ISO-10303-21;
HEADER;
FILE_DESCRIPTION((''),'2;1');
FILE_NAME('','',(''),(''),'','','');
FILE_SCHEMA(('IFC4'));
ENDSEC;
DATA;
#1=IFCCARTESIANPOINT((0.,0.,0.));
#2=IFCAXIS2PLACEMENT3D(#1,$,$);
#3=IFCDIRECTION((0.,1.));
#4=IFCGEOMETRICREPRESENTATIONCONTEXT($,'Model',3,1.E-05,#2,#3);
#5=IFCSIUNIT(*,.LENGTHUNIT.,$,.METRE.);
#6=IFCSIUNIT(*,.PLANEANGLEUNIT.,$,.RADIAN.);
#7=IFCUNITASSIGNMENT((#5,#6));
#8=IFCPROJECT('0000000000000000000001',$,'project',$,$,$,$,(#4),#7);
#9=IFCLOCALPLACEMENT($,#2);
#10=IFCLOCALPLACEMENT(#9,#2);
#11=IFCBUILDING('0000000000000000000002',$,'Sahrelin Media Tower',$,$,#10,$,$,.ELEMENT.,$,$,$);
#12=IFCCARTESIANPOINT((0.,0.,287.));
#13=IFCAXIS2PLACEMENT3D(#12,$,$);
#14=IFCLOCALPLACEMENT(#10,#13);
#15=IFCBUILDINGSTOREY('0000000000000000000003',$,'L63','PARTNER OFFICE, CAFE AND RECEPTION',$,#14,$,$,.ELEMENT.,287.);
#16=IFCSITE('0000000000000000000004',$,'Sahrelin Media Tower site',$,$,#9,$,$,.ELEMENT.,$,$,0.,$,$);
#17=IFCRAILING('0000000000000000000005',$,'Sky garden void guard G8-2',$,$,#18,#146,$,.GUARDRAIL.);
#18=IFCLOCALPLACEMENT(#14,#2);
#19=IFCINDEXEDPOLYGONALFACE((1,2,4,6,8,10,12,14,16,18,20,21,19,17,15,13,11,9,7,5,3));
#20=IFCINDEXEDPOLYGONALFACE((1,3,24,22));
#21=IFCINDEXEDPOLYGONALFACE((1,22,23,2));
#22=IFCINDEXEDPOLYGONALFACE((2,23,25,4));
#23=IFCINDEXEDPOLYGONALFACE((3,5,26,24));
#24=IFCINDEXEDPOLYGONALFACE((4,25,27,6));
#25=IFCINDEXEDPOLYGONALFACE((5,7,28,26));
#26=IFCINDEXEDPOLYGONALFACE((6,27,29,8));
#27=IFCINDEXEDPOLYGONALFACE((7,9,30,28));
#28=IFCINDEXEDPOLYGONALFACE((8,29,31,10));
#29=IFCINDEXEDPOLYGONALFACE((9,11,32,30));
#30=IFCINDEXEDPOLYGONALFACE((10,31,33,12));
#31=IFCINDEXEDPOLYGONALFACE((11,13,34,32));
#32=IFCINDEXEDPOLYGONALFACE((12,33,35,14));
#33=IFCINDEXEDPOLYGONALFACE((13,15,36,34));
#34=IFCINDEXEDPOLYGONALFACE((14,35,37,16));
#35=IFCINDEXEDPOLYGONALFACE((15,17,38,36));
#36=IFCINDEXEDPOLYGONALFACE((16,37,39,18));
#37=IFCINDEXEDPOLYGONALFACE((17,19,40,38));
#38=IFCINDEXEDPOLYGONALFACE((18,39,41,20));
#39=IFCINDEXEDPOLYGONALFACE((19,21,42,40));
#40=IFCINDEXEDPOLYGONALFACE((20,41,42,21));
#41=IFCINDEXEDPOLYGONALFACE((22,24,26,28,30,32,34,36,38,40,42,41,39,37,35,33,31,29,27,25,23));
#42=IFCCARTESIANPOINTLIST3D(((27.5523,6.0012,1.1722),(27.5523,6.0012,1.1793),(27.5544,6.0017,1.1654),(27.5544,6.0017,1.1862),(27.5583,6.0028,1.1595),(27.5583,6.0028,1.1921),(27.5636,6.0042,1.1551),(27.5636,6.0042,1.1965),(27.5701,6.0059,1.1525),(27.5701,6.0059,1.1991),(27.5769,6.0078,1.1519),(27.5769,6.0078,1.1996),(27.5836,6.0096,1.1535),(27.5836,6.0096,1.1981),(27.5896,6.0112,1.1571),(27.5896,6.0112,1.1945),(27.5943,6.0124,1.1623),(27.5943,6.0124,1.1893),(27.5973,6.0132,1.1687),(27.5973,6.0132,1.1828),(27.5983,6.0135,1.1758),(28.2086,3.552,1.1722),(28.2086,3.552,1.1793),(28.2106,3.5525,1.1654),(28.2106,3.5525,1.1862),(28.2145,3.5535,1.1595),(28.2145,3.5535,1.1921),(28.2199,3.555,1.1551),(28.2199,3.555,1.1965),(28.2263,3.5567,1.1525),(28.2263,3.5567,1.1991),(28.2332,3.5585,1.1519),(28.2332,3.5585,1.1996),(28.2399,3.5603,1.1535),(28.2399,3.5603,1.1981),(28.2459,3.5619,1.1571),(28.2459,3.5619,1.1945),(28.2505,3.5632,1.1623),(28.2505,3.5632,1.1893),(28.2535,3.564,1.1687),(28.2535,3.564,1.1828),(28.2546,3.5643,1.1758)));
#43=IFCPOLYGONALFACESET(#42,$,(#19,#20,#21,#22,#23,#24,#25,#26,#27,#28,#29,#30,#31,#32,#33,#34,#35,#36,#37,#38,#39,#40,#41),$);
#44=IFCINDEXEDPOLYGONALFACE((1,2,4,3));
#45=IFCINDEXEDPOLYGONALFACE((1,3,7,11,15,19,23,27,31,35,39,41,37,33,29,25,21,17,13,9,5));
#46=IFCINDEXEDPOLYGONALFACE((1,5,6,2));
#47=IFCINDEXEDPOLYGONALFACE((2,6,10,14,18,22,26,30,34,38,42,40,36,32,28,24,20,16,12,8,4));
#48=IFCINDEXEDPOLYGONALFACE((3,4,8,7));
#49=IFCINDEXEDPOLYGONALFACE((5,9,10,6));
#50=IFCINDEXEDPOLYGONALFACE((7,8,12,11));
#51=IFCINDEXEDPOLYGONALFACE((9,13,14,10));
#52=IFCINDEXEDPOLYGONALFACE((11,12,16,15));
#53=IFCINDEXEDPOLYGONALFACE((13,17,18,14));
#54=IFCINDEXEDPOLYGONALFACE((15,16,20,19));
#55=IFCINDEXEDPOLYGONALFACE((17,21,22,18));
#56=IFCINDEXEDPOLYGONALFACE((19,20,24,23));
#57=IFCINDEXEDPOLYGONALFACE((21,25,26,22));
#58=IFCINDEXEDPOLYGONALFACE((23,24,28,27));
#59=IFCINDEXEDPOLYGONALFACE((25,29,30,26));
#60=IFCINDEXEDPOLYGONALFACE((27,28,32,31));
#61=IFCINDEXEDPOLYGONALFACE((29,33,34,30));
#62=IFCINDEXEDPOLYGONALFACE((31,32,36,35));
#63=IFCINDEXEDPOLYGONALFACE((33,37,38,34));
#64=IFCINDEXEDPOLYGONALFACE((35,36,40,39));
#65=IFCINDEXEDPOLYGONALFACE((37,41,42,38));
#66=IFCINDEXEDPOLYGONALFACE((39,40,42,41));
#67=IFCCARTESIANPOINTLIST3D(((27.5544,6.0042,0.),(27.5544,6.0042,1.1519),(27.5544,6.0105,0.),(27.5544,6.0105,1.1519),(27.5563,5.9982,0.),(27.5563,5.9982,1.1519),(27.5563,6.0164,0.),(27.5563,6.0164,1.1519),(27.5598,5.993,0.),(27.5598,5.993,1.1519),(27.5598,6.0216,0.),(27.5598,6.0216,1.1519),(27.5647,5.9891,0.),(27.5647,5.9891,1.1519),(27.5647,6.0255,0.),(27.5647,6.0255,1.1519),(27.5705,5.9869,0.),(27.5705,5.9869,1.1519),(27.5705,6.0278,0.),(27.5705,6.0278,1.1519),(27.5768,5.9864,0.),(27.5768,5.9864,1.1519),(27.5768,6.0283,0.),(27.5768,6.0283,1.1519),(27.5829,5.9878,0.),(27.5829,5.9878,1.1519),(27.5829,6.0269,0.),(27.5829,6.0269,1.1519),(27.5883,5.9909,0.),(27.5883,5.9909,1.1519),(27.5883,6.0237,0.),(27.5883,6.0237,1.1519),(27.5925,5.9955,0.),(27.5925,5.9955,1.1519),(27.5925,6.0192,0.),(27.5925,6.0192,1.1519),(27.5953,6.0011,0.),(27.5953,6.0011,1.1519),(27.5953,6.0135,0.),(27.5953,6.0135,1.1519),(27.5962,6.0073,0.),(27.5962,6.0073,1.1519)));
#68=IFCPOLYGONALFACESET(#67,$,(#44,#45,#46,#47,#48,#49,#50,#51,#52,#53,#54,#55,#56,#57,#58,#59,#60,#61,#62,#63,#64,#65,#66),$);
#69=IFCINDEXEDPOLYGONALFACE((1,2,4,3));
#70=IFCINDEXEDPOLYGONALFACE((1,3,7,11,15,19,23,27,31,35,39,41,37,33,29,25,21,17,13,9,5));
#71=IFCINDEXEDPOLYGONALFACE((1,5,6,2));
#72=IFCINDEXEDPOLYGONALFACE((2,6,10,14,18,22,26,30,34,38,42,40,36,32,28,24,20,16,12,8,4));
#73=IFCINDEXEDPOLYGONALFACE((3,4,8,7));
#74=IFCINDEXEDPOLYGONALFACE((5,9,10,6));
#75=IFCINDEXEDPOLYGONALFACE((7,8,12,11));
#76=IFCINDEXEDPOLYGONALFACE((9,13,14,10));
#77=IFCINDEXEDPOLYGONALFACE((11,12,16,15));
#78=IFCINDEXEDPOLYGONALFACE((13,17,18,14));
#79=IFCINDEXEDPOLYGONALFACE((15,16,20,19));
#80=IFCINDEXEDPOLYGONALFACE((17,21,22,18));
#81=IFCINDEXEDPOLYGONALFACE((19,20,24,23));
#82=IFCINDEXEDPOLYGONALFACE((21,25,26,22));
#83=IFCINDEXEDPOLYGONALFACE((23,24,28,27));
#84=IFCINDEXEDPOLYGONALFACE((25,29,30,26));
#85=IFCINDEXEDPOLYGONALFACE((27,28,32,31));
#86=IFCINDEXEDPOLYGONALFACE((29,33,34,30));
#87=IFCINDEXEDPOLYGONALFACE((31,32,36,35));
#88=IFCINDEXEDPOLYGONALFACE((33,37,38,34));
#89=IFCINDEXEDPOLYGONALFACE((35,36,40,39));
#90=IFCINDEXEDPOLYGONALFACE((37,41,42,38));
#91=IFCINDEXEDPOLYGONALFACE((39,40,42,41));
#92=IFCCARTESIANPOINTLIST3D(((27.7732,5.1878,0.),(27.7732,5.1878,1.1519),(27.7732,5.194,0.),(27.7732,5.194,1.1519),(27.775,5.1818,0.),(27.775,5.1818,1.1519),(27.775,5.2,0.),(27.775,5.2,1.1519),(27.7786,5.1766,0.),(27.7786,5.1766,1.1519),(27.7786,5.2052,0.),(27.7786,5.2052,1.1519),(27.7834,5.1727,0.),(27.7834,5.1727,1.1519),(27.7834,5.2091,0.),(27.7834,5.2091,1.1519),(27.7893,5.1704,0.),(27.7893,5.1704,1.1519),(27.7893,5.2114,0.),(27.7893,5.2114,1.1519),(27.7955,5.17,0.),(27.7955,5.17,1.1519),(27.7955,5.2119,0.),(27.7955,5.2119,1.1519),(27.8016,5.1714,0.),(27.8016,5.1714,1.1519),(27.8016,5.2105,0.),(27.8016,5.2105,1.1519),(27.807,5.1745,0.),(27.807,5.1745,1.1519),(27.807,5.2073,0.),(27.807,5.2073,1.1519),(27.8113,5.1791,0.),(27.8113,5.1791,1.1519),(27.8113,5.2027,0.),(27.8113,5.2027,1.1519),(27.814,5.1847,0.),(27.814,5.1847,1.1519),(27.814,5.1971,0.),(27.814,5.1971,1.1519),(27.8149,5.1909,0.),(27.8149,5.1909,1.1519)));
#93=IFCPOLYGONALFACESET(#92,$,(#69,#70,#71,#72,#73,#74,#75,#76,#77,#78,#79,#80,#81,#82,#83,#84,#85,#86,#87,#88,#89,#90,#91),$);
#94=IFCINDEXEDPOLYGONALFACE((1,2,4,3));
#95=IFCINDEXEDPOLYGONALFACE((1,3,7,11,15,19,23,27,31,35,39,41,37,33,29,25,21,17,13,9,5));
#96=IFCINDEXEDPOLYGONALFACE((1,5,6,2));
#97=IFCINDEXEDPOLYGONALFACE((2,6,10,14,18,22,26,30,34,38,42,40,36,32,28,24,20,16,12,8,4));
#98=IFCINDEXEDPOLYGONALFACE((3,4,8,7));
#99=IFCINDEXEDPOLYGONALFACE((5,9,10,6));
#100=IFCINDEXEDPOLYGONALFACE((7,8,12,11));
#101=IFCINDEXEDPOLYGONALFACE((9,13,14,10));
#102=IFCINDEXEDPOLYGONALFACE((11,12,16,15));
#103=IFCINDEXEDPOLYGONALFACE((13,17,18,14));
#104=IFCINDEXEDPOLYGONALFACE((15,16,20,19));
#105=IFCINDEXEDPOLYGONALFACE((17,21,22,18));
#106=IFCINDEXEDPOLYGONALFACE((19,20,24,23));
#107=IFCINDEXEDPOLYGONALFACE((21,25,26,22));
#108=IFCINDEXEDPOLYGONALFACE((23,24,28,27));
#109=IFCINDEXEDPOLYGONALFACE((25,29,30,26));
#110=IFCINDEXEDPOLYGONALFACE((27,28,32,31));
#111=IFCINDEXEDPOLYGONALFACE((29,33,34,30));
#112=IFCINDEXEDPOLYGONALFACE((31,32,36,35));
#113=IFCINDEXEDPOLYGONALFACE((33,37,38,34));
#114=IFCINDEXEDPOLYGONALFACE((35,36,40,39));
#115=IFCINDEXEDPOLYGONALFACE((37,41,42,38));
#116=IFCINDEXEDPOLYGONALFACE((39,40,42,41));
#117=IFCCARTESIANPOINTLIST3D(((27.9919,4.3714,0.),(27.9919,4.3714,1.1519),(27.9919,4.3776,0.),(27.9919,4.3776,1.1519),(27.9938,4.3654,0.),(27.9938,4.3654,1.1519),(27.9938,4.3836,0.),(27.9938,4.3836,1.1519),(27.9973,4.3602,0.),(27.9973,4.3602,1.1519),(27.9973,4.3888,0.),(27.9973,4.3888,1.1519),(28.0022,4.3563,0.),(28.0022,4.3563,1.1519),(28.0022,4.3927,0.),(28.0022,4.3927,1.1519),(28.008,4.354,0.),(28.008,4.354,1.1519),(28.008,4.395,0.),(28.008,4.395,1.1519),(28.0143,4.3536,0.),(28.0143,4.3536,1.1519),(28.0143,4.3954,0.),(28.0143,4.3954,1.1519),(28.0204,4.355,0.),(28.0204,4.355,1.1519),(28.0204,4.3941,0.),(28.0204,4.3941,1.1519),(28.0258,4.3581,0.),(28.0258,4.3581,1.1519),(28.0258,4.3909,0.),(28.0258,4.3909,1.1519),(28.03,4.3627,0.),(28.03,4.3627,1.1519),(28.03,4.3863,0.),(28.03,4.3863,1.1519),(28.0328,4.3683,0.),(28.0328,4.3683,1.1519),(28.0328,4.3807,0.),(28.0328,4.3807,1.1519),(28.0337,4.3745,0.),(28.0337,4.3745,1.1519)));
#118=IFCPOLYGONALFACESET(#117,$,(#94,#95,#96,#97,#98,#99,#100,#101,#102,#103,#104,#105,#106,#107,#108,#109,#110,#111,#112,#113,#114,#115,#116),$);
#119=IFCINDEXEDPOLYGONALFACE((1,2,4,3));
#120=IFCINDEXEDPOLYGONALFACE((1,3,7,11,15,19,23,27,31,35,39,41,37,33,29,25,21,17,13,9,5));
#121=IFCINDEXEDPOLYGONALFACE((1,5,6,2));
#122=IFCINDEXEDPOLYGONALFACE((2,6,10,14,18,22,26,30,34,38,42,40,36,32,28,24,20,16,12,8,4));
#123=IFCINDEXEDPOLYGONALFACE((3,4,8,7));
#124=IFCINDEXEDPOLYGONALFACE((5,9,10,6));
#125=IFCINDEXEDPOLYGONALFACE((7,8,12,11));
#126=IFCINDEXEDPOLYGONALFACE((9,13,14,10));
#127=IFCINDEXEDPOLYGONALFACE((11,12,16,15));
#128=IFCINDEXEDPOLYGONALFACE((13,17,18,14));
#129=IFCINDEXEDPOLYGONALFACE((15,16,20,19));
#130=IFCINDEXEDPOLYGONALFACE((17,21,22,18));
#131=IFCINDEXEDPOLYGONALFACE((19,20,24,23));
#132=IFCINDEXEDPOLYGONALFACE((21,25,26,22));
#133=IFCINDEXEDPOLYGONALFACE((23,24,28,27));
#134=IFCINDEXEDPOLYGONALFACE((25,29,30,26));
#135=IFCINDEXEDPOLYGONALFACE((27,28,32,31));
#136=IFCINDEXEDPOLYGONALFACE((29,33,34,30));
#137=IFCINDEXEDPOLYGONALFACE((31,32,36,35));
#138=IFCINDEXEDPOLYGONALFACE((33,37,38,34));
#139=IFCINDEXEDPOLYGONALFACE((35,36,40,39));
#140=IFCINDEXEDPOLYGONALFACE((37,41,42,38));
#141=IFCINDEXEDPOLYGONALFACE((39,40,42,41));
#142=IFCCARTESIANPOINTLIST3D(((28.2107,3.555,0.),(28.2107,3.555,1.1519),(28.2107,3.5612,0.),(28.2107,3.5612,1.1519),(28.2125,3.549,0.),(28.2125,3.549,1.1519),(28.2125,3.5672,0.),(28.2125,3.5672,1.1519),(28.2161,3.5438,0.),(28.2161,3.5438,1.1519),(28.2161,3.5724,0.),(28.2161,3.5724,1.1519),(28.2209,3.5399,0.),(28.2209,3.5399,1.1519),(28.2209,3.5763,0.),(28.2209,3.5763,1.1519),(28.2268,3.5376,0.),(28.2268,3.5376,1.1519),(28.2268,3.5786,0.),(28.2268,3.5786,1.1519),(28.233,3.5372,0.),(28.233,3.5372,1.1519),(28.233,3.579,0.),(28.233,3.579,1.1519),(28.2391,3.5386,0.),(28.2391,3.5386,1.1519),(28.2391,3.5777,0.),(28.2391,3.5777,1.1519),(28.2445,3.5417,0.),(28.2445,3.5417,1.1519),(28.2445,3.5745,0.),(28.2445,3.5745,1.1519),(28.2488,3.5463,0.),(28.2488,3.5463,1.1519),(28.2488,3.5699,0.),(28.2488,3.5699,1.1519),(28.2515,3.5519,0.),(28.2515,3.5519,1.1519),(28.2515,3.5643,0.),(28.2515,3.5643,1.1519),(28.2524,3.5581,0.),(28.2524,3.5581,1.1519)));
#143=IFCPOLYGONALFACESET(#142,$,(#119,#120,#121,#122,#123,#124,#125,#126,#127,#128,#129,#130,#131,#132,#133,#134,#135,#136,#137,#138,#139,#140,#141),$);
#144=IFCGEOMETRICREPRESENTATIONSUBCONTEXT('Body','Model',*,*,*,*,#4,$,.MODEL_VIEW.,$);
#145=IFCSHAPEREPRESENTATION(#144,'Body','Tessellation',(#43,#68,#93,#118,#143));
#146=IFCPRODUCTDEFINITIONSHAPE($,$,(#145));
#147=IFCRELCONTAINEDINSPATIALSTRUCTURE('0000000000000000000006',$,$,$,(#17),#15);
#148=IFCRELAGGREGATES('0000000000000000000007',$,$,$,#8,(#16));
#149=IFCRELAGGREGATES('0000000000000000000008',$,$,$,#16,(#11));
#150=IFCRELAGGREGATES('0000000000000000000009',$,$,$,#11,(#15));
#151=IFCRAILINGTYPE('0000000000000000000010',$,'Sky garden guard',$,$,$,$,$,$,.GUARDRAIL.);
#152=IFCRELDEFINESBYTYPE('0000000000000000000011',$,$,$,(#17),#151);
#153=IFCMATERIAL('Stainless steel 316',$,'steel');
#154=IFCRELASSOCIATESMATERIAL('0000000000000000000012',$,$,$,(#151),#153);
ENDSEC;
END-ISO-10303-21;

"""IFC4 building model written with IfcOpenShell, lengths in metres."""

from ifc_helpers import new_model, si_unit, direction, frame, origin, origin_2d, place, context, subcontext, project, spatial, circle, extrude, material, type_object, element, save


model = new_model("IFC4")

# Units and contexts
model_context = context("Model", 3, precision=1e-05, world=origin(), true_north=direction((0.0, 1.0)))
body_context = subcontext(model_context, "Body", "Model", "MODEL_VIEW")
ifc_project = project(units=[si_unit("LENGTHUNIT", "METRE"), si_unit("PLANEANGLEUNIT", "RADIAN")], contexts=[model_context])

# Site, building, storey
site_placement = place(None, origin())
site = spatial("IfcSite", under=ifc_project, at=site_placement, Name="Sahrelin Media Tower site", CompositionType="ELEMENT", RefElevation=0.0)
building_placement = place(site_placement, origin())
building = spatial("IfcBuilding", under=site, at=building_placement, Name="Sahrelin Media Tower", CompositionType="ELEMENT")
storey_placement = place(building_placement, frame((0.0, 0.0, 287.0)))
storey = spatial("IfcBuildingStorey", under=building, at=storey_placement, Name="L63", Description="PARTNER OFFICE, CAFE AND RECEPTION", CompositionType="ELEMENT", Elevation=287.0)

# Railing
ifc_material_1 = material(Name="Stainless steel 316", Category="steel")
railing_type = type_object("IfcRailingType", Name="Sky garden guard", PredefinedType="GUARDRAIL", material=ifc_material_1)
railing_1_placement = place(storey_placement, frame((27.5752, 6.0073, 0.0)))
element("IfcRailing", 1, at=railing_1_placement, inside=storey, type_object=railing_type, Name="Sky garden void guard G8-2", PredefinedType="GUARDRAIL", context=body_context, shape_type="SweptSolid", body=[
    extrude(circle(Radius=0.0239, at=origin_2d()), frame((0.0, 0.0, 1.1758), z_axis=(0.258813, -0.965927, 0.0), x_axis=(0.965927, 0.258813, 0.0)), (0.0, 0.0, 1.0), 2.5356),
    extrude(circle(Radius=0.021, at=origin_2d()), origin(), (0.0, 0.0, 1.0), 1.1519),
    extrude(circle(Radius=0.021, at=origin_2d()), frame((0.2188, -0.8164, 0.0)), (0.0, 0.0, 1.0), 1.1519),
    extrude(circle(Radius=0.021, at=origin_2d()), frame((0.4375, -1.6328, 0.0)), (0.0, 0.0, 1.0), 1.1519),
    extrude(circle(Radius=0.021, at=origin_2d()), frame((0.6562, -2.4492, 0.0)), (0.0, 0.0, 1.0), 1.1519),
])

save(model, "model.ifc")
